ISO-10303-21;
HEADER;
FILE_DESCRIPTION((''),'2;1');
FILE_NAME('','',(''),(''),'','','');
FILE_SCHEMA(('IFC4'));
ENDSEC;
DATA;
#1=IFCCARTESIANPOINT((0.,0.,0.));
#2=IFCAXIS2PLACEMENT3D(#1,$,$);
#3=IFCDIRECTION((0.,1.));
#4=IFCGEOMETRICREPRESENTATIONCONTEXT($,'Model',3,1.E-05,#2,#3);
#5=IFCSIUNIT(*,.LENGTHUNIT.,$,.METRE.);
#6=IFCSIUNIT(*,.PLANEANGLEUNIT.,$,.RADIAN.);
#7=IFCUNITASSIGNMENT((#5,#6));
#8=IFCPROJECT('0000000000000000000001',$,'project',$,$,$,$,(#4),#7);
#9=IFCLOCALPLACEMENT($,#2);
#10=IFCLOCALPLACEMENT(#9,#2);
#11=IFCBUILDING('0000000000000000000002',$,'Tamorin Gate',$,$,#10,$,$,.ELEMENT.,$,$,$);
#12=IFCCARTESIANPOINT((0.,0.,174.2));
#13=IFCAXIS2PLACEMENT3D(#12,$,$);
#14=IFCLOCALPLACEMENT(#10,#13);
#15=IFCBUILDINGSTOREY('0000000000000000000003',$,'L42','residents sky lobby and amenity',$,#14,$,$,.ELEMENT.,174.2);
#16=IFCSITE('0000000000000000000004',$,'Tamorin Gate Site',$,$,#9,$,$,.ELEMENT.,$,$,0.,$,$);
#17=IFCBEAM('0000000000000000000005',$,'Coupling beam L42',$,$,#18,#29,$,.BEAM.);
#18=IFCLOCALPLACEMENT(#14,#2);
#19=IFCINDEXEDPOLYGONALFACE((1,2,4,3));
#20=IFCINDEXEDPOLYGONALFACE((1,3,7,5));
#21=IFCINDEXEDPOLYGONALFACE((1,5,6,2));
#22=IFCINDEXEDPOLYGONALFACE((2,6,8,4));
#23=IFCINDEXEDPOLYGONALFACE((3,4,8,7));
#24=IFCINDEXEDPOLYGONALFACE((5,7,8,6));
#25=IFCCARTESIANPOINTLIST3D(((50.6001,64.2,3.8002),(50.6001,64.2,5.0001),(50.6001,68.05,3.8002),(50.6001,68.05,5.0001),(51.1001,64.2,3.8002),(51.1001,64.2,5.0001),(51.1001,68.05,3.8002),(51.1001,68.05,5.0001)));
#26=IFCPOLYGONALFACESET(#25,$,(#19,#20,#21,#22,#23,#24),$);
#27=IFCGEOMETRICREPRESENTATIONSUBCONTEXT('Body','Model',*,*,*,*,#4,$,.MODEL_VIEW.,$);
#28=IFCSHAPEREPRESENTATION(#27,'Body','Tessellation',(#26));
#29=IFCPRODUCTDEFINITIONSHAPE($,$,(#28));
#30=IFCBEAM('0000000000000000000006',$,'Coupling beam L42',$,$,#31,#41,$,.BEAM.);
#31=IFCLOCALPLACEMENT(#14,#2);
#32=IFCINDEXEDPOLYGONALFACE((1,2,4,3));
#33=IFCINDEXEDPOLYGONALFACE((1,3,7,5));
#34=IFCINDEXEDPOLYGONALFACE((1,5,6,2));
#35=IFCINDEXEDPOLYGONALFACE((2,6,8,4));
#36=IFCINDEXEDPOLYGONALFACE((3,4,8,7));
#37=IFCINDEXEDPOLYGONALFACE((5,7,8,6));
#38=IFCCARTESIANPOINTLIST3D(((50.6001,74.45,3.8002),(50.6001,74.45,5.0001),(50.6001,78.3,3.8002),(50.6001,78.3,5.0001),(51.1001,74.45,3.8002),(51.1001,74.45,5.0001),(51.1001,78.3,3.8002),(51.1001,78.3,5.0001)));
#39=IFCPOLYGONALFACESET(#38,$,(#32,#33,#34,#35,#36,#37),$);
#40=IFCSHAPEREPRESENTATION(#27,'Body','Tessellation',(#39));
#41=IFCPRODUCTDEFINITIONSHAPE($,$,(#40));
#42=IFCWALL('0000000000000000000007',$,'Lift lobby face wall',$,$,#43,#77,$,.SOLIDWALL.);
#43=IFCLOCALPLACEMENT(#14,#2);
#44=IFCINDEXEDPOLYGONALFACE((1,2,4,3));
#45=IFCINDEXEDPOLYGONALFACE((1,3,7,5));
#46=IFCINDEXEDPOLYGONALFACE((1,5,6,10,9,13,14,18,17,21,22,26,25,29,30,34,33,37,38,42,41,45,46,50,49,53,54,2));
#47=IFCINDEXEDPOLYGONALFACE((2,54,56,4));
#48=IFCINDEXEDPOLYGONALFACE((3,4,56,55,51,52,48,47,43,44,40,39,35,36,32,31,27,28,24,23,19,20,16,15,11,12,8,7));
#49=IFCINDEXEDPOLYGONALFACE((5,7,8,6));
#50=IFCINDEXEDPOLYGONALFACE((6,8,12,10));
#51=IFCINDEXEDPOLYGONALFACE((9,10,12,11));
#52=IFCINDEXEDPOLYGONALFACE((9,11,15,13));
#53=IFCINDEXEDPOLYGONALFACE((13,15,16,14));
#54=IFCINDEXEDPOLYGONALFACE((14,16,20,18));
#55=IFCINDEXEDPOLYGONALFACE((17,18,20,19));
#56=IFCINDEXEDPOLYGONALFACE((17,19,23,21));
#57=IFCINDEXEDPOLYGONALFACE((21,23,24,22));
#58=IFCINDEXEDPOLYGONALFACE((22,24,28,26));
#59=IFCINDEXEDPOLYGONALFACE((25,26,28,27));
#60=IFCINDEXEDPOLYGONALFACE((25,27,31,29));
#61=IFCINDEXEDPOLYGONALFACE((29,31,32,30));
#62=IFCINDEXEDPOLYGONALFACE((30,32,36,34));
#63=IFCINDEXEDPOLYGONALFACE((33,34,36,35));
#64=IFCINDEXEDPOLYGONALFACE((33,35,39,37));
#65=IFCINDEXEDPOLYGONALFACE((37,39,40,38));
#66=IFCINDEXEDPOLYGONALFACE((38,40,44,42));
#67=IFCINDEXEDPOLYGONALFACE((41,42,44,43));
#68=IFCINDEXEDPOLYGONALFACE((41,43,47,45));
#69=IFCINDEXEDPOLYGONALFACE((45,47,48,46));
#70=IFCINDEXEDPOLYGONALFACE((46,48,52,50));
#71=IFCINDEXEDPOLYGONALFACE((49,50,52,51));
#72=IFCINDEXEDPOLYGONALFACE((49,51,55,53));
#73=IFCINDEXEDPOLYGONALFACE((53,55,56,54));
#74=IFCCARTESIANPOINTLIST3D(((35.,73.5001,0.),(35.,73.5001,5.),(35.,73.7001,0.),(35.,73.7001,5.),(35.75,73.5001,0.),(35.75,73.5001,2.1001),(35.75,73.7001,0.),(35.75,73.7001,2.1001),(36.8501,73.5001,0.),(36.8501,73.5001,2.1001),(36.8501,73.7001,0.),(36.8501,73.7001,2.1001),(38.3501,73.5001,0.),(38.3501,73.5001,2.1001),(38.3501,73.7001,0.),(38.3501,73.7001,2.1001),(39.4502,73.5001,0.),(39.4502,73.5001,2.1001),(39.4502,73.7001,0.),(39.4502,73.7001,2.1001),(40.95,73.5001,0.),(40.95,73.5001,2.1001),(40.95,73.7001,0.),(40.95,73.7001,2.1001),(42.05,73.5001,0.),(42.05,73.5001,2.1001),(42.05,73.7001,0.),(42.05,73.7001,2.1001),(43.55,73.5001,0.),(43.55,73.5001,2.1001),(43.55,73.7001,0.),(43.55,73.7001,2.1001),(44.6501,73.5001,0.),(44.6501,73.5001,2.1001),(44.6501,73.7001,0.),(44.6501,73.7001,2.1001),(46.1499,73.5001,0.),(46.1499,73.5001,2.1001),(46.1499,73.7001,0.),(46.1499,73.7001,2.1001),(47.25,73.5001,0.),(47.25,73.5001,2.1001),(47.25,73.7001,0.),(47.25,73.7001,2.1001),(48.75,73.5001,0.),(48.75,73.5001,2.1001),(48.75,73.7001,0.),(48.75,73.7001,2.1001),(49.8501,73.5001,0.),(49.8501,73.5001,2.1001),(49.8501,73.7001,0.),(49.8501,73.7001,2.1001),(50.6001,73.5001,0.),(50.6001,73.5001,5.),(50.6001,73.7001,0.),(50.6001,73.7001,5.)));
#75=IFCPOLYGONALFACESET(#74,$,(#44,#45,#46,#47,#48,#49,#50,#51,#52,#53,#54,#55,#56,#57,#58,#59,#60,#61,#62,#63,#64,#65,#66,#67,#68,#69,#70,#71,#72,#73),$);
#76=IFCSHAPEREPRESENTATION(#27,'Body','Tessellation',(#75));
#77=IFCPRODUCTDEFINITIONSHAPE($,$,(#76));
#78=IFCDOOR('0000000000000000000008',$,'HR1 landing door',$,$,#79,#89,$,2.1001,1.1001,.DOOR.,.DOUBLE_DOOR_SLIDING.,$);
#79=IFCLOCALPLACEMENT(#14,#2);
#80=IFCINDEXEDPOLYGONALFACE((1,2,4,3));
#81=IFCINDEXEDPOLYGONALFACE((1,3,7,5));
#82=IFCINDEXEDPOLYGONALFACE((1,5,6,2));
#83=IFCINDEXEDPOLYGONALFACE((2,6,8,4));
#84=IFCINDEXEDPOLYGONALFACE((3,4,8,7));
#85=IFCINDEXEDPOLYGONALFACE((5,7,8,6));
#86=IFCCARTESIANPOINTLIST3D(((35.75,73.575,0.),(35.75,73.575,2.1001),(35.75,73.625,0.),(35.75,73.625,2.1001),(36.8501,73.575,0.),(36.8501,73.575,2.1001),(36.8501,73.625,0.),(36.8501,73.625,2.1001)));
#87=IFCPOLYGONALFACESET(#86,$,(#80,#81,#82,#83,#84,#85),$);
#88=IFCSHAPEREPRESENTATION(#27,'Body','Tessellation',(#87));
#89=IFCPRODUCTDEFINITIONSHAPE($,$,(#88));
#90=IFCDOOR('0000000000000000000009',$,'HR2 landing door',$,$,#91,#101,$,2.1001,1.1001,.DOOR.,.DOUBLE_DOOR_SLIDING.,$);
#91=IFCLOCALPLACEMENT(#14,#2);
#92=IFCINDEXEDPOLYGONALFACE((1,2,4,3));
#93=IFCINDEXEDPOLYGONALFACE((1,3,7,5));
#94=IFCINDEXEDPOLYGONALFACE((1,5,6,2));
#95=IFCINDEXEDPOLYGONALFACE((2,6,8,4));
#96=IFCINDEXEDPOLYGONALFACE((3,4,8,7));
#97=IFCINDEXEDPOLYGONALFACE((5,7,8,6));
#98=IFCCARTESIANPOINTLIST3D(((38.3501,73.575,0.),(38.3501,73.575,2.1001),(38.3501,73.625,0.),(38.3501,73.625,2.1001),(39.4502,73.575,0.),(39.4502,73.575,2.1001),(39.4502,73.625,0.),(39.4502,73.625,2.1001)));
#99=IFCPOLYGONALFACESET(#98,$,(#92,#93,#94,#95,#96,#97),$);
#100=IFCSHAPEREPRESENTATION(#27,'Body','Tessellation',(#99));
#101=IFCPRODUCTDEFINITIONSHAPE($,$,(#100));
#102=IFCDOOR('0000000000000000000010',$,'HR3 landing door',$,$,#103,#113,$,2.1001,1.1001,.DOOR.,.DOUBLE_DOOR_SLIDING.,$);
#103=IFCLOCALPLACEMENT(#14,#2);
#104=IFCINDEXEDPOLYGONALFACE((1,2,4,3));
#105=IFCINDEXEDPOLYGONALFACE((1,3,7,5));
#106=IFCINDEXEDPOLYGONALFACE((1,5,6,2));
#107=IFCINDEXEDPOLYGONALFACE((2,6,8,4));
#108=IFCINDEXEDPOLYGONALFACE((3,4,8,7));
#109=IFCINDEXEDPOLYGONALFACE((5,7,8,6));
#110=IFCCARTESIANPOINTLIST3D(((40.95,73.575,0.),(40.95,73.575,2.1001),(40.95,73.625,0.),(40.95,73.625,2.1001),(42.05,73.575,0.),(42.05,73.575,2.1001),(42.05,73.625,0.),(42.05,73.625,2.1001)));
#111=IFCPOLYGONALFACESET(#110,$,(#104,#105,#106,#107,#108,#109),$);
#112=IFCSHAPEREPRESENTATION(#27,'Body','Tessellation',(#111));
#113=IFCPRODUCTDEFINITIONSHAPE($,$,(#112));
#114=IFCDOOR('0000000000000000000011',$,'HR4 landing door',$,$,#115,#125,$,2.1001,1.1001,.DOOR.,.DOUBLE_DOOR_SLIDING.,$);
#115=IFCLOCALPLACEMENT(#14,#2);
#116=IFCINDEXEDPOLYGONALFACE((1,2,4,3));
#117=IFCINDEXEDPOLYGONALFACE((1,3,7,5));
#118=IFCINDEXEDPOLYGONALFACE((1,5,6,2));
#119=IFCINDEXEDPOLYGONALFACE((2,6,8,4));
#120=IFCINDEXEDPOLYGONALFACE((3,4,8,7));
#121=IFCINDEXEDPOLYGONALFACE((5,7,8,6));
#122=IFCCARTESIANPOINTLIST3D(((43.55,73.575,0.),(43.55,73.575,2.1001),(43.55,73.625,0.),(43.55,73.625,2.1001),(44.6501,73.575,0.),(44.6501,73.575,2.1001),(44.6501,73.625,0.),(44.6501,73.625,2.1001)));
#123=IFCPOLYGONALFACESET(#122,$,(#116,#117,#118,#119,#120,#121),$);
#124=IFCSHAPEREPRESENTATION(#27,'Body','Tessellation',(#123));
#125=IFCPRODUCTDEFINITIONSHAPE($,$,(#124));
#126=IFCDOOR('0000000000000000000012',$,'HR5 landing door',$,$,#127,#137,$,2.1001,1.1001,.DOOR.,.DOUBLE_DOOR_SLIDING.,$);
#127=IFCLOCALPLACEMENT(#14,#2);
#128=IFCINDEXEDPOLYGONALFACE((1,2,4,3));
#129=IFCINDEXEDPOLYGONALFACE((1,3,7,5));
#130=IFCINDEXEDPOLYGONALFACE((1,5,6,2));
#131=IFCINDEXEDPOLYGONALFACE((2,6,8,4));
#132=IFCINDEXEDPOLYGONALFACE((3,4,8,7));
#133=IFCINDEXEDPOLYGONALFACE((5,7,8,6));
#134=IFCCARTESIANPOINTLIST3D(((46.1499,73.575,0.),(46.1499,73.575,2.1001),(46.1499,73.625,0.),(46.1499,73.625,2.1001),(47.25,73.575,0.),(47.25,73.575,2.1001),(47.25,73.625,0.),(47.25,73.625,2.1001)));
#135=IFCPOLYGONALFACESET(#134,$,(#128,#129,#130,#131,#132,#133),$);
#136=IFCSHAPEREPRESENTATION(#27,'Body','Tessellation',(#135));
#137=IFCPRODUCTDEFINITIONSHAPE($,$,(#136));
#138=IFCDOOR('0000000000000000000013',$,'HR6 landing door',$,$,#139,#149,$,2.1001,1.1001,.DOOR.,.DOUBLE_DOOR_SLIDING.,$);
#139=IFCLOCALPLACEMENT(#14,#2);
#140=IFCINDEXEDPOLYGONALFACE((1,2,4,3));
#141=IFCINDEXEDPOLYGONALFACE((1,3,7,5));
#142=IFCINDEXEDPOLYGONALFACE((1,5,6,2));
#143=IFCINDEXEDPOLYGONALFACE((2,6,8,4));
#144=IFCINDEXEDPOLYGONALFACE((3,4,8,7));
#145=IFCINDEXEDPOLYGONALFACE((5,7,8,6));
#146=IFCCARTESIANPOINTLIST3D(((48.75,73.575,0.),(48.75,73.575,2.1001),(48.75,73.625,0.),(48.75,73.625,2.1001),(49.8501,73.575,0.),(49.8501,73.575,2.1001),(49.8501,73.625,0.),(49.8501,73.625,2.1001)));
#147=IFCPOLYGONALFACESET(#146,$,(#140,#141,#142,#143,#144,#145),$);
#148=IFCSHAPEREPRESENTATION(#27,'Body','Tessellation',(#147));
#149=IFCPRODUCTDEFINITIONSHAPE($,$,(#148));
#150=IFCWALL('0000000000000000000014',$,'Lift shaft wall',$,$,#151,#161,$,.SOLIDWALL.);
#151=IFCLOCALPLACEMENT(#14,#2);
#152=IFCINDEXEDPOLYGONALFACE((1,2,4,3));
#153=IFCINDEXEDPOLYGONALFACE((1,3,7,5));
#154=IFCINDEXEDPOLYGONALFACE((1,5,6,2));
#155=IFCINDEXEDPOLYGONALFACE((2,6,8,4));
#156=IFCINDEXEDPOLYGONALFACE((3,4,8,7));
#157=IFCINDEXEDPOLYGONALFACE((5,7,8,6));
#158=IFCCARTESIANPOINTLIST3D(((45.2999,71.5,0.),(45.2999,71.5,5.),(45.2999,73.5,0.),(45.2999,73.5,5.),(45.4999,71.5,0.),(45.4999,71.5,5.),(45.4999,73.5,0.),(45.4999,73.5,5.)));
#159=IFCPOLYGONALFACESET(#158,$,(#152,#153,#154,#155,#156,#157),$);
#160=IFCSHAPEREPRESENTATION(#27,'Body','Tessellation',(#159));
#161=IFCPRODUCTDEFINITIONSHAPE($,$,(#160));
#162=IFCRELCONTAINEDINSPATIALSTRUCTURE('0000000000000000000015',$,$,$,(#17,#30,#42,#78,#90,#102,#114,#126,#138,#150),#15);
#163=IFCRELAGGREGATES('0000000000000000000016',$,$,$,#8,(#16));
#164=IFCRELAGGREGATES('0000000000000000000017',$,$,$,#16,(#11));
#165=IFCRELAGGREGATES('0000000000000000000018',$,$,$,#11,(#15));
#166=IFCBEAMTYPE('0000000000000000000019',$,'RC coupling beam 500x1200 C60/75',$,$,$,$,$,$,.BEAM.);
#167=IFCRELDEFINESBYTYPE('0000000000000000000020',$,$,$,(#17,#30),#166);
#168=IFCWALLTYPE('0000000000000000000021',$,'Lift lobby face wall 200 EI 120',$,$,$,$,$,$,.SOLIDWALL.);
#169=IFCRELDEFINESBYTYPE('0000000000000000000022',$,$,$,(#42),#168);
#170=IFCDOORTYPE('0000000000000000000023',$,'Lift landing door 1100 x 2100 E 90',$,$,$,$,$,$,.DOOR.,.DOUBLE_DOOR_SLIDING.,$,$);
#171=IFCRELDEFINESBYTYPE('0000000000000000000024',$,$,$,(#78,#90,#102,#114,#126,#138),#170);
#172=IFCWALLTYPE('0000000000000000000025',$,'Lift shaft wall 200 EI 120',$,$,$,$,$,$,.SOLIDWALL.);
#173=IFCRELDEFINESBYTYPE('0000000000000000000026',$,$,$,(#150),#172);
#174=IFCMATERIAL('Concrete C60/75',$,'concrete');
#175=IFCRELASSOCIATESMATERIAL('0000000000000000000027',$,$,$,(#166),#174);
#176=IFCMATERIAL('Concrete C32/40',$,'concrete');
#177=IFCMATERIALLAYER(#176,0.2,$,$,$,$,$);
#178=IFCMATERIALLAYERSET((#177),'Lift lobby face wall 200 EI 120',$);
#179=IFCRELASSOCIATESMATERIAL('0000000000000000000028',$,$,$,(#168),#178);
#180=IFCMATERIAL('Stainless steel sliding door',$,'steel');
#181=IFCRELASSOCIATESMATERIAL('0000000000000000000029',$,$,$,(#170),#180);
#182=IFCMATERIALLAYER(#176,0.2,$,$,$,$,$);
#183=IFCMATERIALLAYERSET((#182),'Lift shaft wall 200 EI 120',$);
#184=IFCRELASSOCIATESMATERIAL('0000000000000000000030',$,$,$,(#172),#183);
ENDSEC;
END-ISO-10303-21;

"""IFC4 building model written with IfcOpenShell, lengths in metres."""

from ifc_helpers import new_model, si_unit, direction, frame, frame_2d, origin, origin_2d, place, context, subcontext, project, spatial, rectangle, extrude, material, layer, layer_set, material_profile, profile_set, type_object, element, fill, save


model = new_model("IFC4")

# Units and contexts
model_context = context("Model", 3, precision=1e-05, world=origin(), true_north=direction((0.0, 1.0)))
body_context = subcontext(model_context, "Body", "Model", "MODEL_VIEW")
ifc_project = project(units=[si_unit("LENGTHUNIT", "METRE"), si_unit("PLANEANGLEUNIT", "RADIAN")], contexts=[model_context])

# Site, building, storey
site_placement = place(None, origin())
site = spatial("IfcSite", under=ifc_project, at=site_placement, Name="Tamorin Gate Site", CompositionType="ELEMENT", RefElevation=0.0)
building_placement = place(site_placement, origin())
building = spatial("IfcBuilding", under=site, at=building_placement, Name="Tamorin Gate", CompositionType="ELEMENT")
storey_placement = place(building_placement, frame((0.0, 0.0, 174.2)))
storey = spatial("IfcBuildingStorey", under=building, at=storey_placement, Name="L42", Description="residents sky lobby and amenity", CompositionType="ELEMENT", Elevation=174.2)

# Beams
ifc_material_1 = material(Name="Concrete C60/75", Category="concrete")
ifc_material_profile = material_profile(ifc_material_1, rectangle(XDim=0.5, YDim=1.2, at=origin_2d()), Name="RC 500x1200")
ifc_profile_set = profile_set([ifc_material_profile], Name="Concrete C60/75")
beam_type = type_object("IfcBeamType", Name="RC coupling beam 500x1200 C60/75", PredefinedType="BEAM", material=ifc_profile_set)
for number, where, z_axis, x_axis, name in (
    (1, (50.8501, 64.2, 4.4001), (0.0, 1.0, 0.0), (-1.0, 0.0, 0.0), "Coupling beam L42"),
    (2, (50.8501, 74.45, 4.4001), (0.0, 1.0, 0.0), (-1.0, 0.0, 0.0), "Coupling beam L42"),
):
    element("IfcBeam", number, at=place(storey_placement, frame(where, z_axis=z_axis, x_axis=x_axis)), inside=storey, type_object=beam_type, Name=name, PredefinedType="BEAM", context=body_context, shape_type="SweptSolid", body=[
        extrude(rectangle(XDim=0.5, YDim=1.2, at=origin_2d()), origin(), (0.0, 0.0, 1.0), 3.8501),
    ])

# Wall, openings, doors
ifc_material_2 = material(Name="Concrete C32/40", Category="concrete")
ifc_layer_1 = layer(ifc_material_2, 0.2)
ifc_layer_set_1 = layer_set([ifc_layer_1], Name="Lift lobby face wall 200 EI 120")
wall_type_1 = type_object("IfcWallType", Name="Lift lobby face wall 200 EI 120", PredefinedType="SOLIDWALL", material=ifc_layer_set_1)
wall_1_placement = place(storey_placement, frame((35.0, 73.6001, 0.0), z_axis=(0.0, 0.0, 1.0), x_axis=(1.0, 0.0, 0.0)))
wall_1 = element("IfcWall", 3, at=wall_1_placement, inside=storey, type_object=wall_type_1, Name="Lift lobby face wall", PredefinedType="SOLIDWALL", context=body_context, shape_type="SweptSolid", body=[
    extrude(rectangle(XDim=15.6001, YDim=0.2, at=frame_2d((7.8, 0.0))), origin(), (0.0, 0.0, 1.0), 5.0),
])
opening_1_placement = place(wall_1_placement, frame((0.75, 0.0, 0.0)))
opening_1 = element("IfcOpeningElement", 4, at=opening_1_placement, cuts=wall_1, PredefinedType="OPENING", context=body_context, shape_type="SweptSolid", body=[
    extrude(rectangle(XDim=1.1001, YDim=2.1001, at=frame_2d((0.55, 1.05))), frame((0.0, 0.1099, 0.0), z_axis=(0.0, -1.0, 0.0), x_axis=(1.0, 0.0, 0.0)), (0.0, 0.0, 1.0), 0.22),
])
opening_2_placement = place(wall_1_placement, frame((3.3501, 0.0, 0.0)))
opening_2 = element("IfcOpeningElement", 5, at=opening_2_placement, cuts=wall_1, PredefinedType="OPENING", context=body_context, shape_type="SweptSolid", body=[
    extrude(rectangle(XDim=1.1001, YDim=2.1001, at=frame_2d((0.55, 1.05))), frame((0.0, 0.1099, 0.0), z_axis=(0.0, -1.0, 0.0), x_axis=(1.0, 0.0, 0.0)), (0.0, 0.0, 1.0), 0.22),
])
opening_3_placement = place(wall_1_placement, frame((5.95, 0.0, 0.0)))
opening_3 = element("IfcOpeningElement", 6, at=opening_3_placement, cuts=wall_1, PredefinedType="OPENING", context=body_context, shape_type="SweptSolid", body=[
    extrude(rectangle(XDim=1.1001, YDim=2.1001, at=frame_2d((0.55, 1.05))), frame((0.0, 0.1099, 0.0), z_axis=(0.0, -1.0, 0.0), x_axis=(1.0, 0.0, 0.0)), (0.0, 0.0, 1.0), 0.22),
])
opening_4_placement = place(wall_1_placement, frame((8.55, 0.0, 0.0)))
opening_4 = element("IfcOpeningElement", 7, at=opening_4_placement, cuts=wall_1, PredefinedType="OPENING", context=body_context, shape_type="SweptSolid", body=[
    extrude(rectangle(XDim=1.1001, YDim=2.1001, at=frame_2d((0.55, 1.05))), frame((0.0, 0.1099, 0.0), z_axis=(0.0, -1.0, 0.0), x_axis=(1.0, 0.0, 0.0)), (0.0, 0.0, 1.0), 0.22),
])
opening_5_placement = place(wall_1_placement, frame((11.1499, 0.0, 0.0)))
opening_5 = element("IfcOpeningElement", 8, at=opening_5_placement, cuts=wall_1, PredefinedType="OPENING", context=body_context, shape_type="SweptSolid", body=[
    extrude(rectangle(XDim=1.1001, YDim=2.1001, at=frame_2d((0.55, 1.05))), frame((0.0, 0.1099, 0.0), z_axis=(0.0, -1.0, 0.0), x_axis=(1.0, 0.0, 0.0)), (0.0, 0.0, 1.0), 0.22),
])
opening_6_placement = place(wall_1_placement, frame((13.75, 0.0, 0.0)))
opening_6 = element("IfcOpeningElement", 9, at=opening_6_placement, cuts=wall_1, PredefinedType="OPENING", context=body_context, shape_type="SweptSolid", body=[
    extrude(rectangle(XDim=1.1001, YDim=2.1001, at=frame_2d((0.55, 1.05))), frame((0.0, 0.1099, 0.0), z_axis=(0.0, -1.0, 0.0), x_axis=(1.0, 0.0, 0.0)), (0.0, 0.0, 1.0), 0.22),
])
ifc_material_3 = material(Name="Stainless steel sliding door", Category="steel")
door_type_1 = type_object("IfcDoorType", Name="Lift landing door 1100 x 2100 E 90", OperationType="DOUBLE_DOOR_SLIDING", PredefinedType="DOOR", material=ifc_material_3)
door_1_placement = place(opening_1_placement, origin())
door_1 = element("IfcDoor", 10, at=door_1_placement, inside=storey, type_object=door_type_1, Name="HR1 landing door", OperationType="DOUBLE_DOOR_SLIDING", OverallHeight=2.1001, OverallWidth=1.1001, PredefinedType="DOOR", context=body_context, shape_type="SweptSolid", body=[
    extrude(rectangle(XDim=1.1001, YDim=2.1001, at=frame_2d((0.55, 1.05))), frame((0.0, 0.0249, 0.0), z_axis=(0.0, -1.0, 0.0), x_axis=(1.0, 0.0, 0.0)), (0.0, 0.0, 1.0), 0.05),
])
fill(opening_1, door_1)
door_2_placement = place(opening_2_placement, origin())
door_2 = element("IfcDoor", 11, at=door_2_placement, inside=storey, type_object=door_type_1, Name="HR2 landing door", OperationType="DOUBLE_DOOR_SLIDING", OverallHeight=2.1001, OverallWidth=1.1001, PredefinedType="DOOR", context=body_context, shape_type="SweptSolid", body=[
    extrude(rectangle(XDim=1.1001, YDim=2.1001, at=frame_2d((0.55, 1.05))), frame((0.0, 0.0249, 0.0), z_axis=(0.0, -1.0, 0.0), x_axis=(1.0, 0.0, 0.0)), (0.0, 0.0, 1.0), 0.05),
])
fill(opening_2, door_2)
door_3_placement = place(opening_3_placement, origin())
door_3 = element("IfcDoor", 12, at=door_3_placement, inside=storey, type_object=door_type_1, Name="HR3 landing door", OperationType="DOUBLE_DOOR_SLIDING", OverallHeight=2.1001, OverallWidth=1.1001, PredefinedType="DOOR", context=body_context, shape_type="SweptSolid", body=[
    extrude(rectangle(XDim=1.1001, YDim=2.1001, at=frame_2d((0.55, 1.05))), frame((0.0, 0.0249, 0.0), z_axis=(0.0, -1.0, 0.0), x_axis=(1.0, 0.0, 0.0)), (0.0, 0.0, 1.0), 0.05),
])
fill(opening_3, door_3)
door_4_placement = place(opening_4_placement, origin())
door_4 = element("IfcDoor", 13, at=door_4_placement, inside=storey, type_object=door_type_1, Name="HR4 landing door", OperationType="DOUBLE_DOOR_SLIDING", OverallHeight=2.1001, OverallWidth=1.1001, PredefinedType="DOOR", context=body_context, shape_type="SweptSolid", body=[
    extrude(rectangle(XDim=1.1001, YDim=2.1001, at=frame_2d((0.55, 1.05))), frame((0.0, 0.0249, 0.0), z_axis=(0.0, -1.0, 0.0), x_axis=(1.0, 0.0, 0.0)), (0.0, 0.0, 1.0), 0.05),
])
fill(opening_4, door_4)
door_5_placement = place(opening_5_placement, origin())
door_5 = element("IfcDoor", 14, at=door_5_placement, inside=storey, type_object=door_type_1, Name="HR5 landing door", OperationType="DOUBLE_DOOR_SLIDING", OverallHeight=2.1001, OverallWidth=1.1001, PredefinedType="DOOR", context=body_context, shape_type="SweptSolid", body=[
    extrude(rectangle(XDim=1.1001, YDim=2.1001, at=frame_2d((0.55, 1.05))), frame((0.0, 0.0249, 0.0), z_axis=(0.0, -1.0, 0.0), x_axis=(1.0, 0.0, 0.0)), (0.0, 0.0, 1.0), 0.05),
])
fill(opening_5, door_5)
door_6_placement = place(opening_6_placement, origin())
door_6 = element("IfcDoor", 15, at=door_6_placement, inside=storey, type_object=door_type_1, Name="HR6 landing door", OperationType="DOUBLE_DOOR_SLIDING", OverallHeight=2.1001, OverallWidth=1.1001, PredefinedType="DOOR", context=body_context, shape_type="SweptSolid", body=[
    extrude(rectangle(XDim=1.1001, YDim=2.1001, at=frame_2d((0.55, 1.05))), frame((0.0, 0.0249, 0.0), z_axis=(0.0, -1.0, 0.0), x_axis=(1.0, 0.0, 0.0)), (0.0, 0.0, 1.0), 0.05),
])
fill(opening_6, door_6)

# Wall
ifc_layer_2 = layer(ifc_material_2, 0.2)
ifc_layer_set_2 = layer_set([ifc_layer_2], Name="Lift shaft wall 200 EI 120")
wall_type_2 = type_object("IfcWallType", Name="Lift shaft wall 200 EI 120", PredefinedType="SOLIDWALL", material=ifc_layer_set_2)
wall_2_placement = place(storey_placement, frame((45.3999, 71.5, 0.0), z_axis=(0.0, 0.0, 1.0), x_axis=(0.0, 1.0, 0.0)))
element("IfcWall", 16, at=wall_2_placement, inside=storey, type_object=wall_type_2, Name="Lift shaft wall", PredefinedType="SOLIDWALL", context=body_context, shape_type="SweptSolid", body=[
    extrude(rectangle(XDim=2.0, YDim=0.2, at=frame_2d((1.0, 0.0))), origin(), (0.0, 0.0, 1.0), 5.0),
])

save(model, "model.ifc")
